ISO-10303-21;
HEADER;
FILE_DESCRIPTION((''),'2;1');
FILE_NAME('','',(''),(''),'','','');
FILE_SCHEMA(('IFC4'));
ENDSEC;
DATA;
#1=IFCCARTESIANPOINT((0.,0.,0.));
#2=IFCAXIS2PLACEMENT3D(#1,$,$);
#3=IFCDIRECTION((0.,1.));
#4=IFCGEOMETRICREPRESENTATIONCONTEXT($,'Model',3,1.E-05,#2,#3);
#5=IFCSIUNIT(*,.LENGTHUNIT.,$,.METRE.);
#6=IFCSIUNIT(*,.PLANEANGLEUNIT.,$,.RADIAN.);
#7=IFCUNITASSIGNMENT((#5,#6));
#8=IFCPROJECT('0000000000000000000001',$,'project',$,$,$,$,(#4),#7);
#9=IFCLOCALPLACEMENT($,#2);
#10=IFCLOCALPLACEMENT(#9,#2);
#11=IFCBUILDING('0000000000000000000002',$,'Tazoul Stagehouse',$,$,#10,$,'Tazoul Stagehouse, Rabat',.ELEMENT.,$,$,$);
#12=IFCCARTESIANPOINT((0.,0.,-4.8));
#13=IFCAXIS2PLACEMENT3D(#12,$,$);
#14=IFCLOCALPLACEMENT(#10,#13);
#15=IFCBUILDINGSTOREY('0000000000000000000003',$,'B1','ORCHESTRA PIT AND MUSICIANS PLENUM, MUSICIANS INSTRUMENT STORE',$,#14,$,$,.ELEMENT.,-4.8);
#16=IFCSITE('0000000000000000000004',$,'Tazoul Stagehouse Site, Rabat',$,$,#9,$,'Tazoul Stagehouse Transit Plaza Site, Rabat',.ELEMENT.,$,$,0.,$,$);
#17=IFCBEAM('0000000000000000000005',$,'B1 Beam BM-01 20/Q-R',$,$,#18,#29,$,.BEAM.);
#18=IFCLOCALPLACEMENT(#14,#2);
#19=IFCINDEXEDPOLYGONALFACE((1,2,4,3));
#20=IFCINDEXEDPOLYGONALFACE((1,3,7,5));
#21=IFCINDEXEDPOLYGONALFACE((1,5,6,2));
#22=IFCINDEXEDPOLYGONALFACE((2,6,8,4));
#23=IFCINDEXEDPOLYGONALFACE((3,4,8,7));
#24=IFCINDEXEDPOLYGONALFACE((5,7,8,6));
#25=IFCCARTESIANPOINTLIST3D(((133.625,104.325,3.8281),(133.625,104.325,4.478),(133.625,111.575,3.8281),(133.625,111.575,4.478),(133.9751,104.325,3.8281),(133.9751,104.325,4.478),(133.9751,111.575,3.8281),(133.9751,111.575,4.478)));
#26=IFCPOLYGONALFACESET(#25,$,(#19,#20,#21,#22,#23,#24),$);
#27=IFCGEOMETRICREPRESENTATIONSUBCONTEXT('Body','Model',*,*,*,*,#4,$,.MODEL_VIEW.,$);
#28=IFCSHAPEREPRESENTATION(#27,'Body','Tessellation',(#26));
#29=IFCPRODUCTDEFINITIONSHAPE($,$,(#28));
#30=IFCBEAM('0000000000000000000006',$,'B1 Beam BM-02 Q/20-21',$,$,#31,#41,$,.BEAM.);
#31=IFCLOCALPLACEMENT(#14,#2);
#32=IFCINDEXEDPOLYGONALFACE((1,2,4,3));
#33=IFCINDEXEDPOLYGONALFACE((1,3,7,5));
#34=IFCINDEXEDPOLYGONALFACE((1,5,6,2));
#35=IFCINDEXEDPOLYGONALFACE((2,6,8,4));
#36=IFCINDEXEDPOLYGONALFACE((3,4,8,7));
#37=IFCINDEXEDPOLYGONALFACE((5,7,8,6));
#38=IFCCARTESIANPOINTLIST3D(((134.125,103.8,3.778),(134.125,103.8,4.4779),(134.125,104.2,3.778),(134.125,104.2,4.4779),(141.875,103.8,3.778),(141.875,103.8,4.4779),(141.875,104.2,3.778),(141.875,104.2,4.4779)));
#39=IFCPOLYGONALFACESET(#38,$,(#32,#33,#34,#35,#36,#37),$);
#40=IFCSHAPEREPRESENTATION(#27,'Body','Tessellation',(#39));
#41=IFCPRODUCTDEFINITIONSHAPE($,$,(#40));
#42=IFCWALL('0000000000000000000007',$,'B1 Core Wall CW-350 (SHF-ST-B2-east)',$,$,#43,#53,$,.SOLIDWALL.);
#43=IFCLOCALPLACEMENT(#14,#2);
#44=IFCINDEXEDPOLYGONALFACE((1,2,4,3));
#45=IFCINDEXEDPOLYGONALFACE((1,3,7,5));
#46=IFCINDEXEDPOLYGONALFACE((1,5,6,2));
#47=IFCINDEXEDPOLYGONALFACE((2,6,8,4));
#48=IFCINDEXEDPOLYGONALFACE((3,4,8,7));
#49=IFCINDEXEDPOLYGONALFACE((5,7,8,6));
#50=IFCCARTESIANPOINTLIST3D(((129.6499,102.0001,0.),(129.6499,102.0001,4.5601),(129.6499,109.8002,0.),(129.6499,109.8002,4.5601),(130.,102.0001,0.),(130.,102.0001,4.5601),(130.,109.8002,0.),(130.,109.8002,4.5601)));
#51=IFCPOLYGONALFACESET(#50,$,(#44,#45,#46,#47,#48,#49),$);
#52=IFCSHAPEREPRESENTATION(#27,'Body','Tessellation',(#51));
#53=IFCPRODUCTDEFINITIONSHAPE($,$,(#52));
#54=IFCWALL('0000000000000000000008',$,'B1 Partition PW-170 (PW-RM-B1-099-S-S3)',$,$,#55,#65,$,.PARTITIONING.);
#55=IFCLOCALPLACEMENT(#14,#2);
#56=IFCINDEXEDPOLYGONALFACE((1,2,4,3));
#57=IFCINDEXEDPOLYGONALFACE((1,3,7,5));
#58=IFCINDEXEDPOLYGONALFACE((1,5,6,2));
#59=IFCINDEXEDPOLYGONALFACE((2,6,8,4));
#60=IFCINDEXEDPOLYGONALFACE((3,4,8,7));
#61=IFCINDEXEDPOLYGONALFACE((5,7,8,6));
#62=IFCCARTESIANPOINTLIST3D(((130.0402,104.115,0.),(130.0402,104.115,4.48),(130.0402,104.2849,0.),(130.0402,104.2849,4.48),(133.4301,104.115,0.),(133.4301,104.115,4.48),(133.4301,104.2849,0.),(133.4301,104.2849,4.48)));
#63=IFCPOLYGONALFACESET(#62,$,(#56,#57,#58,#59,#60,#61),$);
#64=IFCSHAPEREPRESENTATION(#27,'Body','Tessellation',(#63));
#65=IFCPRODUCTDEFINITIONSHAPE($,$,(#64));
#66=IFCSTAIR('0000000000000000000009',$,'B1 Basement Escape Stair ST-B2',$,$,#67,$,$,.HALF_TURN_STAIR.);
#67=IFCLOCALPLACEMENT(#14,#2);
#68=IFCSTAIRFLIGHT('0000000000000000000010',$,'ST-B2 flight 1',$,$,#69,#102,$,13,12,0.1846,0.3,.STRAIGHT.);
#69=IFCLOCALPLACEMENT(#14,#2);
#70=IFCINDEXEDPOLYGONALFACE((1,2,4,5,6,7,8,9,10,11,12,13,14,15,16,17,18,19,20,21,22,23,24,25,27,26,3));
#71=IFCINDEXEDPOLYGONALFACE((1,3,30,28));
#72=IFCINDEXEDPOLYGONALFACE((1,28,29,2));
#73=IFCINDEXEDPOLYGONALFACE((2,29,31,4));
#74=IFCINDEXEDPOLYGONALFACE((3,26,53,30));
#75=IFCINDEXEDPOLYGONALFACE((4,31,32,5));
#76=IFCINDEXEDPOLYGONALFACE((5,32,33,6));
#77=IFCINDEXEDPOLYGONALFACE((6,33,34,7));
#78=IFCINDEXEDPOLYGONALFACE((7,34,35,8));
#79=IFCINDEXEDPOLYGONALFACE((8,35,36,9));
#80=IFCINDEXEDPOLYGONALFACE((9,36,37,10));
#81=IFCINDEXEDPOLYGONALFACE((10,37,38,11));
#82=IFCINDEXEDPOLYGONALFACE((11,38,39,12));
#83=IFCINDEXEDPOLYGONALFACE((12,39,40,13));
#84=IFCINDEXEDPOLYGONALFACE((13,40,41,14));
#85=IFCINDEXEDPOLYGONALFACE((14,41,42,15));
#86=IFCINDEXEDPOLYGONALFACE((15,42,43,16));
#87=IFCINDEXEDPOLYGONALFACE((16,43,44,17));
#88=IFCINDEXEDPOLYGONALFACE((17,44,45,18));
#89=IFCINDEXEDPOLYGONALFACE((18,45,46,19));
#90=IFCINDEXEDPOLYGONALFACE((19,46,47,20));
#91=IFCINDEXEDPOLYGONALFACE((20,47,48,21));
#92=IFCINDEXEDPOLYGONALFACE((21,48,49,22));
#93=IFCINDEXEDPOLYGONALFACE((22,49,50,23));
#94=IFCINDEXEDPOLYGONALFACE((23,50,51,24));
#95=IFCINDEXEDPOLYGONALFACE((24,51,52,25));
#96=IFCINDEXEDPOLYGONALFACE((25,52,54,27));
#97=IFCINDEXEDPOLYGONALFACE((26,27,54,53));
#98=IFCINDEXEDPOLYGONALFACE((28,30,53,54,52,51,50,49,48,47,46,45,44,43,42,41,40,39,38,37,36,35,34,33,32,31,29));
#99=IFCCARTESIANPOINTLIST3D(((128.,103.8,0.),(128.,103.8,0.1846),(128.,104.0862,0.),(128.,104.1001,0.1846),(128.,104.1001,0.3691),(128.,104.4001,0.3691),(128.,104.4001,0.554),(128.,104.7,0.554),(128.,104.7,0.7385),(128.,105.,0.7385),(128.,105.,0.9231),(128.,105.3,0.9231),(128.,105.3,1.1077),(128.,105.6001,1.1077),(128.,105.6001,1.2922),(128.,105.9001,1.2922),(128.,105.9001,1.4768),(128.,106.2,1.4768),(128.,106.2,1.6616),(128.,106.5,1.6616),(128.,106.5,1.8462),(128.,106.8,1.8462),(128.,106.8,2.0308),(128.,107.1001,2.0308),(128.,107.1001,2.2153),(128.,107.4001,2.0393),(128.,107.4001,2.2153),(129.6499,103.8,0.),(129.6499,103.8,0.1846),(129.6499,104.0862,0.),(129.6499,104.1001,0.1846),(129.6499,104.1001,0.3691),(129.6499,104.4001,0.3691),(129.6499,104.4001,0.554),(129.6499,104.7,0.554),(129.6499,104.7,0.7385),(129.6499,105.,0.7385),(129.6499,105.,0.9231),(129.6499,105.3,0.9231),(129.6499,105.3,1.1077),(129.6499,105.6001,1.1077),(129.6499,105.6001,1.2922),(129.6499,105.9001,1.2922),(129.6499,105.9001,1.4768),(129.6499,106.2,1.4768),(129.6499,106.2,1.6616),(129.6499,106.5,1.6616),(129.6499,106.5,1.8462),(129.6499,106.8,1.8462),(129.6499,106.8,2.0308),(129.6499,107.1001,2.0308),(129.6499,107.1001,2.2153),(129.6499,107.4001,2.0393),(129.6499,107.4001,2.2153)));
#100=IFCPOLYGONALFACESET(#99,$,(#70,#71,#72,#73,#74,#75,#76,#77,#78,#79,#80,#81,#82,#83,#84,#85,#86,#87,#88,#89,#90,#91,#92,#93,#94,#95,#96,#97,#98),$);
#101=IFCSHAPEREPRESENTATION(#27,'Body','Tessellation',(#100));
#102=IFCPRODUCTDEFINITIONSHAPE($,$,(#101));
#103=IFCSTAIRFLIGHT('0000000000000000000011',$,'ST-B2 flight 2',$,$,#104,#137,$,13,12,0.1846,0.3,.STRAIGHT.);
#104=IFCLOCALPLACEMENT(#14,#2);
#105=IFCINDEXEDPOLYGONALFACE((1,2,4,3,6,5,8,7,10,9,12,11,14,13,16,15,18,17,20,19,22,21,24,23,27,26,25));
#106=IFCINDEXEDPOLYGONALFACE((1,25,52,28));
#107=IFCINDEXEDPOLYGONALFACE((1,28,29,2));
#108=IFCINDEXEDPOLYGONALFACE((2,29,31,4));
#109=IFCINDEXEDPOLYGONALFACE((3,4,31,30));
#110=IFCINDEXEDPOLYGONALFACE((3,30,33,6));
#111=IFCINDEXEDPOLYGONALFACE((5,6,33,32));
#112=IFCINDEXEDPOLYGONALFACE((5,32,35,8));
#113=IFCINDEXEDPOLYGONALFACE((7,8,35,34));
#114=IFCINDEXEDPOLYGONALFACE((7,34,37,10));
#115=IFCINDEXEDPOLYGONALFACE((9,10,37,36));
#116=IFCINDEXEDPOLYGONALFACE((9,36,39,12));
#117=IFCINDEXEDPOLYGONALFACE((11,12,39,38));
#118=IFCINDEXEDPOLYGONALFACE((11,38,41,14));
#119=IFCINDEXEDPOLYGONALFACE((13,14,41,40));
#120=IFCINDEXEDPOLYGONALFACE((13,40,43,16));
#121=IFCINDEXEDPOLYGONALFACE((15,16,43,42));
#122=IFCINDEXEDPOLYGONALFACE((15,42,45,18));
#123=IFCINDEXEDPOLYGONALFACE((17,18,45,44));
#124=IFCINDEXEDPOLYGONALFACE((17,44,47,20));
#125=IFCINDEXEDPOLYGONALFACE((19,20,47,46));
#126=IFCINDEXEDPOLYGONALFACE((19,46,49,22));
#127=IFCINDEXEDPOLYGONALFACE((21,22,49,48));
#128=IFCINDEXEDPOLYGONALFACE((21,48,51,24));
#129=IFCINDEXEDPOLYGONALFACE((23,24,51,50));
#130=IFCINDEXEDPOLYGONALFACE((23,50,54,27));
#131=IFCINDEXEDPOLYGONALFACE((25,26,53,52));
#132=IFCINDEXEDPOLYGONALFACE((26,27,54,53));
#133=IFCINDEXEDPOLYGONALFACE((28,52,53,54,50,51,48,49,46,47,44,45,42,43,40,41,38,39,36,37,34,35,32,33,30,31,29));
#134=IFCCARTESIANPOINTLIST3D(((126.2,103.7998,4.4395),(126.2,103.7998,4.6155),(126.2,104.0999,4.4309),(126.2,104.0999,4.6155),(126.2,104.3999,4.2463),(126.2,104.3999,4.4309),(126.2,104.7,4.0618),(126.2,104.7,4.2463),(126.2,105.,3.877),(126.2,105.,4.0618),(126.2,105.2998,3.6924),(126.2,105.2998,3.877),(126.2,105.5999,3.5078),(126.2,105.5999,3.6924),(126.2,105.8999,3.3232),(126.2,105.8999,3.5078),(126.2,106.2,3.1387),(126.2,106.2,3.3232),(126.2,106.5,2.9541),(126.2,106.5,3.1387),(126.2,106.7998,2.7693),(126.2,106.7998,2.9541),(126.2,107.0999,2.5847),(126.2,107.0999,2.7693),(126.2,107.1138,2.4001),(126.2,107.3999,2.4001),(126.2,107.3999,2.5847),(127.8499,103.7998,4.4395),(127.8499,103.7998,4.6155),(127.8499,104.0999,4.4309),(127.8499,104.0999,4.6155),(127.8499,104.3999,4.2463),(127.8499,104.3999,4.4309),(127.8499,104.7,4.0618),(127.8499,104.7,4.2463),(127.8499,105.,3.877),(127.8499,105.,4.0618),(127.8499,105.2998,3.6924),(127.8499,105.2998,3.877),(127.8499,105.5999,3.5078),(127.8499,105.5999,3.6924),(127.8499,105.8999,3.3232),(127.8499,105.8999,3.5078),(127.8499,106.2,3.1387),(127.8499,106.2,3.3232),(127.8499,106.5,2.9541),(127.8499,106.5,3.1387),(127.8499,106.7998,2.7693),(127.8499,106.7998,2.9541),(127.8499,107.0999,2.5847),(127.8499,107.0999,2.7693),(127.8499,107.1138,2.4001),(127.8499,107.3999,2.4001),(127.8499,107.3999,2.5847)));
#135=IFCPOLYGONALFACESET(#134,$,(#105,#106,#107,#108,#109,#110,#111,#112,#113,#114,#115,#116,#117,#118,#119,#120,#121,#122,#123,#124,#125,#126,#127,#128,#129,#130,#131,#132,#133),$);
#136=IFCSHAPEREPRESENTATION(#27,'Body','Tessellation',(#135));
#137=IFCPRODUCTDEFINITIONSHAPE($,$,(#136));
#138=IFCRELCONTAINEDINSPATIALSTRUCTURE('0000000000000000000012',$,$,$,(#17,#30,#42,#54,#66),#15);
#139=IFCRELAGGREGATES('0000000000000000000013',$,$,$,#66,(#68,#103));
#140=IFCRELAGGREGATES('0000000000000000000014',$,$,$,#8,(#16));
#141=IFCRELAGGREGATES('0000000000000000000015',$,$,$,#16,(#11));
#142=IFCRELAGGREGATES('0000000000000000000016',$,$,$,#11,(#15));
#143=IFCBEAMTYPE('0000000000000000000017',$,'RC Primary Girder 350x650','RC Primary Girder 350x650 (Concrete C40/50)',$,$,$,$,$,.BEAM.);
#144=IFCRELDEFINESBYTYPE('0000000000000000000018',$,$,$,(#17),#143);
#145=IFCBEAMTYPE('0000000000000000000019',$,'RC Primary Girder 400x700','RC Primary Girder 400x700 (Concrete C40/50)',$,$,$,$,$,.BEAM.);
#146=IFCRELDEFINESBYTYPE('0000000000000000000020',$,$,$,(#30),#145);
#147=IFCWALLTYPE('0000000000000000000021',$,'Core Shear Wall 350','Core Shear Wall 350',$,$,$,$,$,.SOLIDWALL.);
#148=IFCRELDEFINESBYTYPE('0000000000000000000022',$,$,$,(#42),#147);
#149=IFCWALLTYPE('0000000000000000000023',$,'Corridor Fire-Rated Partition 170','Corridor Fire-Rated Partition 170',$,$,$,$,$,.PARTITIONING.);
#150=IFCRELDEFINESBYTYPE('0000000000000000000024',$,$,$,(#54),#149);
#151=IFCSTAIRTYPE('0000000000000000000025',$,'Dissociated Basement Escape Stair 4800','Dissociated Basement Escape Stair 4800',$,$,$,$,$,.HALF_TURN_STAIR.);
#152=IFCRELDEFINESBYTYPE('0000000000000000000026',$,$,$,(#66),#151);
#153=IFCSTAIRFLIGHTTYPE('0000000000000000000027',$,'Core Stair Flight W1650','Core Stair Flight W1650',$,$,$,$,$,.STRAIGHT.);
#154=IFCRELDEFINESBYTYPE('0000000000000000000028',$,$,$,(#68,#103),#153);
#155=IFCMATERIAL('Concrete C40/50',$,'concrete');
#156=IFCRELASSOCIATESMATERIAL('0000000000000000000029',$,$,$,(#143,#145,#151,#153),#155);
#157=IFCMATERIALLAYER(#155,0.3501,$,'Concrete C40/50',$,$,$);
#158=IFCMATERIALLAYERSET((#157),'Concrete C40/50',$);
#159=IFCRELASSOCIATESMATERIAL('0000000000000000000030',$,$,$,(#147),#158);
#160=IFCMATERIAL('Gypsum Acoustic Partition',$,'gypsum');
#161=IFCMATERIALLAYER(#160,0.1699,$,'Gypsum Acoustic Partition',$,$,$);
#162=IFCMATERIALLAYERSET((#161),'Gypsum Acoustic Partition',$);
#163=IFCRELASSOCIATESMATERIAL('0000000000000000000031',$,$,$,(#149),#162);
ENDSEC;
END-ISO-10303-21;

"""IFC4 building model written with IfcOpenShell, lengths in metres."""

from ifc_helpers import new_model, si_unit, direction, frame, frame_2d, origin, origin_2d, place, context, subcontext, project, spatial, polyline, rectangle, outline, extrude, material, layer, layer_set, material_profile, profile_set, type_object, element, aggregate, save


model = new_model("IFC4")

# Units and contexts
model_context = context("Model", 3, precision=1e-05, world=origin(), true_north=direction((0.0, 1.0)))
body_context = subcontext(model_context, "Body", "Model", "MODEL_VIEW")
ifc_project = project(units=[si_unit("LENGTHUNIT", "METRE"), si_unit("PLANEANGLEUNIT", "RADIAN")], contexts=[model_context])

# Site, building, storey
site_placement = place(None, origin())
site = spatial("IfcSite", under=ifc_project, at=site_placement, Name="Tazoul Stagehouse Site, Rabat", LongName="Tazoul Stagehouse Transit Plaza Site, Rabat", CompositionType="ELEMENT", RefElevation=0.0)
building_placement = place(site_placement, origin())
building = spatial("IfcBuilding", under=site, at=building_placement, Name="Tazoul Stagehouse", LongName="Tazoul Stagehouse, Rabat", CompositionType="ELEMENT")
storey_placement = place(building_placement, frame((0.0, 0.0, -4.8)))
storey = spatial("IfcBuildingStorey", under=building, at=storey_placement, Name="B1", Description="ORCHESTRA PIT AND MUSICIANS PLENUM, MUSICIANS INSTRUMENT STORE", CompositionType="ELEMENT", Elevation=-4.8)

# Shared definitions
ifc_material_1 = material(Name="Concrete C40/50", Category="concrete")

# Beams
ifc_material_profile_1 = material_profile(ifc_material_1, rectangle(XDim=0.3501, YDim=0.6499, at=origin_2d()), Name="RC 350x650")
ifc_profile_set_1 = profile_set([ifc_material_profile_1], Name="Concrete C40/50")
beam_type_1 = type_object("IfcBeamType", Name="RC Primary Girder 350x650", Description="RC Primary Girder 350x650 (Concrete C40/50)", PredefinedType="BEAM", material=ifc_profile_set_1)
beam_1_placement = place(storey_placement, frame((133.8, 104.325, 4.1531), z_axis=(0.0, 1.0, 0.0), x_axis=(-1.0, 0.0, 0.0)))
element("IfcBeam", 1, at=beam_1_placement, inside=storey, type_object=beam_type_1, Name="B1 Beam BM-01 20/Q-R", PredefinedType="BEAM", context=body_context, shape_type="SweptSolid", body=[
    extrude(rectangle(XDim=0.3501, YDim=0.6499, at=origin_2d()), origin(), (0.0, 0.0, 1.0), 7.25),
])
ifc_material_profile_2 = material_profile(ifc_material_1, rectangle(XDim=0.3999, YDim=0.7, at=origin_2d()), Name="RC 400x700")
ifc_profile_set_2 = profile_set([ifc_material_profile_2], Name="Concrete C40/50")
beam_type_2 = type_object("IfcBeamType", Name="RC Primary Girder 400x700", Description="RC Primary Girder 400x700 (Concrete C40/50)", PredefinedType="BEAM", material=ifc_profile_set_2)
beam_2_placement = place(storey_placement, frame((134.125, 104.0, 4.1279), z_axis=(1.0, 0.0, 0.0), x_axis=(0.0, 1.0, 0.0)))
element("IfcBeam", 2, at=beam_2_placement, inside=storey, type_object=beam_type_2, Name="B1 Beam BM-02 Q/20-21", PredefinedType="BEAM", context=body_context, shape_type="SweptSolid", body=[
    extrude(rectangle(XDim=0.3999, YDim=0.7, at=origin_2d()), origin(), (0.0, 0.0, 1.0), 7.75),
])

# Shared definitions
ifc_layer_1 = layer(ifc_material_1, 0.3501, Name="Concrete C40/50")
ifc_layer_set_1 = layer_set([ifc_layer_1], Name="Concrete C40/50")
wall_type_1 = type_object("IfcWallType", Name="Core Shear Wall 350", Description="Core Shear Wall 350", PredefinedType="SOLIDWALL", material=ifc_layer_set_1)

# Wall
wall_1_placement = place(storey_placement, frame((129.825, 109.8, 0.0), z_axis=(0.0, 0.0, 1.0), x_axis=(0.0, -1.0, 0.0)))
element("IfcWall", 3, at=wall_1_placement, inside=storey, type_object=wall_type_1, Name="B1 Core Wall CW-350 (SHF-ST-B2-east)", PredefinedType="SOLIDWALL", context=body_context, shape_type="SweptSolid", body=[
    extrude(rectangle(XDim=7.8, YDim=0.3501, at=frame_2d((3.8999, 0.0))), origin(), (0.0, 0.0, 1.0), 4.5601),
])

# Wall
ifc_material_2 = material(Name="Gypsum Acoustic Partition", Category="gypsum")
ifc_layer_2 = layer(ifc_material_2, 0.1699, Name="Gypsum Acoustic Partition")
ifc_layer_set_2 = layer_set([ifc_layer_2], Name="Gypsum Acoustic Partition")
wall_type_2 = type_object("IfcWallType", Name="Corridor Fire-Rated Partition 170", Description="Corridor Fire-Rated Partition 170", PredefinedType="PARTITIONING", material=ifc_layer_set_2)
wall_2_placement = place(storey_placement, frame((133.4299, 104.2, 0.0), z_axis=(0.0, 0.0, 1.0), x_axis=(-1.0, 0.0, 0.0)))
element("IfcWall", 4, at=wall_2_placement, inside=storey, type_object=wall_type_2, Name="B1 Partition PW-170 (PW-RM-B1-099-S-S3)", PredefinedType="PARTITIONING", context=body_context, shape_type="SweptSolid", body=[
    extrude(rectangle(XDim=3.3899, YDim=0.1699, at=frame_2d((1.6948, 0.0))), origin(), (0.0, 0.0, 1.0), 4.48),
])

# Stair, stair flights
stair_type = type_object("IfcStairType", Name="Dissociated Basement Escape Stair 4800", Description="Dissociated Basement Escape Stair 4800", PredefinedType="HALF_TURN_STAIR", material=ifc_material_1)
stair_placement = place(storey_placement, origin())
stair = element("IfcStair", 5, at=stair_placement, inside=storey, type_object=stair_type, Name="B1 Basement Escape Stair ST-B2", PredefinedType="HALF_TURN_STAIR")
stair_flight_type = type_object("IfcStairFlightType", Name="Core Stair Flight W1650", Description="Core Stair Flight W1650", PredefinedType="STRAIGHT", material=ifc_material_1)
stair_flight_1_placement = place(storey_placement, frame((128.825, 103.8, 0.0), z_axis=(0.0, 0.0, 1.0), x_axis=(0.0, 1.0, 0.0)))
stair_flight_1 = element("IfcStairFlight", 6, at=stair_flight_1_placement, type_object=stair_flight_type, Name="ST-B2 flight 1", NumberOfRisers=13, NumberOfTreads=12, PredefinedType="STRAIGHT", RiserHeight=0.1846, TreadLength=0.3, context=body_context, shape_type="SweptSolid", body=[
    extrude(outline(polyline([(0.0, 0.0), (0.0, 0.1846), (0.3, 0.1846), (0.3, 0.3691), (0.6001, 0.3691), (0.6001, 0.554), (0.8999, 0.554), (0.8999, 0.7385), (1.2, 0.7385), (1.2, 0.9231), (1.5, 0.9231), (1.5, 1.1077), (1.8, 1.1077), (1.8, 1.2922), (2.1001, 1.2922), (2.1001, 1.4768), (2.3999, 1.4768), (2.3999, 1.6616), (2.7, 1.6616), (2.7, 1.8462), (3.0, 1.8462), (3.0, 2.0308), (3.3, 2.0308), (3.3, 2.2153), (3.6001, 2.2153), (3.6001, 2.3999), (3.6001, 2.0393), (0.2861, 0.0), (0.0, 0.0)])), frame((0.0, 0.825, 0.0), z_axis=(0.0, -1.0, 0.0), x_axis=(1.0, 0.0, 0.0)), (0.0, 0.0, 1.0), 1.6499),
])
stair_flight_2_placement = place(storey_placement, frame((127.0249, 107.3999, 2.4001), z_axis=(0.0, 0.0, 1.0), x_axis=(0.0, -1.0, 0.0)))
stair_flight_2 = element("IfcStairFlight", 7, at=stair_flight_2_placement, type_object=stair_flight_type, Name="ST-B2 flight 2", NumberOfRisers=13, NumberOfTreads=12, PredefinedType="STRAIGHT", RiserHeight=0.1846, TreadLength=0.3, context=body_context, shape_type="SweptSolid", body=[
    extrude(outline(polyline([(0.0, 0.0), (0.0, 0.1846), (0.3, 0.1846), (0.3, 0.3691), (0.6001, 0.3691), (0.6001, 0.554), (0.8999, 0.554), (0.8999, 0.7385), (1.2, 0.7385), (1.2, 0.9231), (1.5, 0.9231), (1.5, 1.1077), (1.8, 1.1077), (1.8, 1.2922), (2.1001, 1.2922), (2.1001, 1.4768), (2.3999, 1.4768), (2.3999, 1.6616), (2.7, 1.6616), (2.7, 1.8462), (3.0, 1.8462), (3.0, 2.0308), (3.3, 2.0308), (3.3, 2.2153), (3.6001, 2.2153), (3.6001, 2.3999), (3.6001, 2.0393), (0.2861, 0.0), (0.0, 0.0)])), frame((0.0, 0.825, 0.0), z_axis=(0.0, -1.0, 0.0), x_axis=(1.0, 0.0, 0.0)), (0.0, 0.0, 1.0), 1.6499),
])
aggregate(stair, [stair_flight_1, stair_flight_2])

save(model, "model.ifc")
